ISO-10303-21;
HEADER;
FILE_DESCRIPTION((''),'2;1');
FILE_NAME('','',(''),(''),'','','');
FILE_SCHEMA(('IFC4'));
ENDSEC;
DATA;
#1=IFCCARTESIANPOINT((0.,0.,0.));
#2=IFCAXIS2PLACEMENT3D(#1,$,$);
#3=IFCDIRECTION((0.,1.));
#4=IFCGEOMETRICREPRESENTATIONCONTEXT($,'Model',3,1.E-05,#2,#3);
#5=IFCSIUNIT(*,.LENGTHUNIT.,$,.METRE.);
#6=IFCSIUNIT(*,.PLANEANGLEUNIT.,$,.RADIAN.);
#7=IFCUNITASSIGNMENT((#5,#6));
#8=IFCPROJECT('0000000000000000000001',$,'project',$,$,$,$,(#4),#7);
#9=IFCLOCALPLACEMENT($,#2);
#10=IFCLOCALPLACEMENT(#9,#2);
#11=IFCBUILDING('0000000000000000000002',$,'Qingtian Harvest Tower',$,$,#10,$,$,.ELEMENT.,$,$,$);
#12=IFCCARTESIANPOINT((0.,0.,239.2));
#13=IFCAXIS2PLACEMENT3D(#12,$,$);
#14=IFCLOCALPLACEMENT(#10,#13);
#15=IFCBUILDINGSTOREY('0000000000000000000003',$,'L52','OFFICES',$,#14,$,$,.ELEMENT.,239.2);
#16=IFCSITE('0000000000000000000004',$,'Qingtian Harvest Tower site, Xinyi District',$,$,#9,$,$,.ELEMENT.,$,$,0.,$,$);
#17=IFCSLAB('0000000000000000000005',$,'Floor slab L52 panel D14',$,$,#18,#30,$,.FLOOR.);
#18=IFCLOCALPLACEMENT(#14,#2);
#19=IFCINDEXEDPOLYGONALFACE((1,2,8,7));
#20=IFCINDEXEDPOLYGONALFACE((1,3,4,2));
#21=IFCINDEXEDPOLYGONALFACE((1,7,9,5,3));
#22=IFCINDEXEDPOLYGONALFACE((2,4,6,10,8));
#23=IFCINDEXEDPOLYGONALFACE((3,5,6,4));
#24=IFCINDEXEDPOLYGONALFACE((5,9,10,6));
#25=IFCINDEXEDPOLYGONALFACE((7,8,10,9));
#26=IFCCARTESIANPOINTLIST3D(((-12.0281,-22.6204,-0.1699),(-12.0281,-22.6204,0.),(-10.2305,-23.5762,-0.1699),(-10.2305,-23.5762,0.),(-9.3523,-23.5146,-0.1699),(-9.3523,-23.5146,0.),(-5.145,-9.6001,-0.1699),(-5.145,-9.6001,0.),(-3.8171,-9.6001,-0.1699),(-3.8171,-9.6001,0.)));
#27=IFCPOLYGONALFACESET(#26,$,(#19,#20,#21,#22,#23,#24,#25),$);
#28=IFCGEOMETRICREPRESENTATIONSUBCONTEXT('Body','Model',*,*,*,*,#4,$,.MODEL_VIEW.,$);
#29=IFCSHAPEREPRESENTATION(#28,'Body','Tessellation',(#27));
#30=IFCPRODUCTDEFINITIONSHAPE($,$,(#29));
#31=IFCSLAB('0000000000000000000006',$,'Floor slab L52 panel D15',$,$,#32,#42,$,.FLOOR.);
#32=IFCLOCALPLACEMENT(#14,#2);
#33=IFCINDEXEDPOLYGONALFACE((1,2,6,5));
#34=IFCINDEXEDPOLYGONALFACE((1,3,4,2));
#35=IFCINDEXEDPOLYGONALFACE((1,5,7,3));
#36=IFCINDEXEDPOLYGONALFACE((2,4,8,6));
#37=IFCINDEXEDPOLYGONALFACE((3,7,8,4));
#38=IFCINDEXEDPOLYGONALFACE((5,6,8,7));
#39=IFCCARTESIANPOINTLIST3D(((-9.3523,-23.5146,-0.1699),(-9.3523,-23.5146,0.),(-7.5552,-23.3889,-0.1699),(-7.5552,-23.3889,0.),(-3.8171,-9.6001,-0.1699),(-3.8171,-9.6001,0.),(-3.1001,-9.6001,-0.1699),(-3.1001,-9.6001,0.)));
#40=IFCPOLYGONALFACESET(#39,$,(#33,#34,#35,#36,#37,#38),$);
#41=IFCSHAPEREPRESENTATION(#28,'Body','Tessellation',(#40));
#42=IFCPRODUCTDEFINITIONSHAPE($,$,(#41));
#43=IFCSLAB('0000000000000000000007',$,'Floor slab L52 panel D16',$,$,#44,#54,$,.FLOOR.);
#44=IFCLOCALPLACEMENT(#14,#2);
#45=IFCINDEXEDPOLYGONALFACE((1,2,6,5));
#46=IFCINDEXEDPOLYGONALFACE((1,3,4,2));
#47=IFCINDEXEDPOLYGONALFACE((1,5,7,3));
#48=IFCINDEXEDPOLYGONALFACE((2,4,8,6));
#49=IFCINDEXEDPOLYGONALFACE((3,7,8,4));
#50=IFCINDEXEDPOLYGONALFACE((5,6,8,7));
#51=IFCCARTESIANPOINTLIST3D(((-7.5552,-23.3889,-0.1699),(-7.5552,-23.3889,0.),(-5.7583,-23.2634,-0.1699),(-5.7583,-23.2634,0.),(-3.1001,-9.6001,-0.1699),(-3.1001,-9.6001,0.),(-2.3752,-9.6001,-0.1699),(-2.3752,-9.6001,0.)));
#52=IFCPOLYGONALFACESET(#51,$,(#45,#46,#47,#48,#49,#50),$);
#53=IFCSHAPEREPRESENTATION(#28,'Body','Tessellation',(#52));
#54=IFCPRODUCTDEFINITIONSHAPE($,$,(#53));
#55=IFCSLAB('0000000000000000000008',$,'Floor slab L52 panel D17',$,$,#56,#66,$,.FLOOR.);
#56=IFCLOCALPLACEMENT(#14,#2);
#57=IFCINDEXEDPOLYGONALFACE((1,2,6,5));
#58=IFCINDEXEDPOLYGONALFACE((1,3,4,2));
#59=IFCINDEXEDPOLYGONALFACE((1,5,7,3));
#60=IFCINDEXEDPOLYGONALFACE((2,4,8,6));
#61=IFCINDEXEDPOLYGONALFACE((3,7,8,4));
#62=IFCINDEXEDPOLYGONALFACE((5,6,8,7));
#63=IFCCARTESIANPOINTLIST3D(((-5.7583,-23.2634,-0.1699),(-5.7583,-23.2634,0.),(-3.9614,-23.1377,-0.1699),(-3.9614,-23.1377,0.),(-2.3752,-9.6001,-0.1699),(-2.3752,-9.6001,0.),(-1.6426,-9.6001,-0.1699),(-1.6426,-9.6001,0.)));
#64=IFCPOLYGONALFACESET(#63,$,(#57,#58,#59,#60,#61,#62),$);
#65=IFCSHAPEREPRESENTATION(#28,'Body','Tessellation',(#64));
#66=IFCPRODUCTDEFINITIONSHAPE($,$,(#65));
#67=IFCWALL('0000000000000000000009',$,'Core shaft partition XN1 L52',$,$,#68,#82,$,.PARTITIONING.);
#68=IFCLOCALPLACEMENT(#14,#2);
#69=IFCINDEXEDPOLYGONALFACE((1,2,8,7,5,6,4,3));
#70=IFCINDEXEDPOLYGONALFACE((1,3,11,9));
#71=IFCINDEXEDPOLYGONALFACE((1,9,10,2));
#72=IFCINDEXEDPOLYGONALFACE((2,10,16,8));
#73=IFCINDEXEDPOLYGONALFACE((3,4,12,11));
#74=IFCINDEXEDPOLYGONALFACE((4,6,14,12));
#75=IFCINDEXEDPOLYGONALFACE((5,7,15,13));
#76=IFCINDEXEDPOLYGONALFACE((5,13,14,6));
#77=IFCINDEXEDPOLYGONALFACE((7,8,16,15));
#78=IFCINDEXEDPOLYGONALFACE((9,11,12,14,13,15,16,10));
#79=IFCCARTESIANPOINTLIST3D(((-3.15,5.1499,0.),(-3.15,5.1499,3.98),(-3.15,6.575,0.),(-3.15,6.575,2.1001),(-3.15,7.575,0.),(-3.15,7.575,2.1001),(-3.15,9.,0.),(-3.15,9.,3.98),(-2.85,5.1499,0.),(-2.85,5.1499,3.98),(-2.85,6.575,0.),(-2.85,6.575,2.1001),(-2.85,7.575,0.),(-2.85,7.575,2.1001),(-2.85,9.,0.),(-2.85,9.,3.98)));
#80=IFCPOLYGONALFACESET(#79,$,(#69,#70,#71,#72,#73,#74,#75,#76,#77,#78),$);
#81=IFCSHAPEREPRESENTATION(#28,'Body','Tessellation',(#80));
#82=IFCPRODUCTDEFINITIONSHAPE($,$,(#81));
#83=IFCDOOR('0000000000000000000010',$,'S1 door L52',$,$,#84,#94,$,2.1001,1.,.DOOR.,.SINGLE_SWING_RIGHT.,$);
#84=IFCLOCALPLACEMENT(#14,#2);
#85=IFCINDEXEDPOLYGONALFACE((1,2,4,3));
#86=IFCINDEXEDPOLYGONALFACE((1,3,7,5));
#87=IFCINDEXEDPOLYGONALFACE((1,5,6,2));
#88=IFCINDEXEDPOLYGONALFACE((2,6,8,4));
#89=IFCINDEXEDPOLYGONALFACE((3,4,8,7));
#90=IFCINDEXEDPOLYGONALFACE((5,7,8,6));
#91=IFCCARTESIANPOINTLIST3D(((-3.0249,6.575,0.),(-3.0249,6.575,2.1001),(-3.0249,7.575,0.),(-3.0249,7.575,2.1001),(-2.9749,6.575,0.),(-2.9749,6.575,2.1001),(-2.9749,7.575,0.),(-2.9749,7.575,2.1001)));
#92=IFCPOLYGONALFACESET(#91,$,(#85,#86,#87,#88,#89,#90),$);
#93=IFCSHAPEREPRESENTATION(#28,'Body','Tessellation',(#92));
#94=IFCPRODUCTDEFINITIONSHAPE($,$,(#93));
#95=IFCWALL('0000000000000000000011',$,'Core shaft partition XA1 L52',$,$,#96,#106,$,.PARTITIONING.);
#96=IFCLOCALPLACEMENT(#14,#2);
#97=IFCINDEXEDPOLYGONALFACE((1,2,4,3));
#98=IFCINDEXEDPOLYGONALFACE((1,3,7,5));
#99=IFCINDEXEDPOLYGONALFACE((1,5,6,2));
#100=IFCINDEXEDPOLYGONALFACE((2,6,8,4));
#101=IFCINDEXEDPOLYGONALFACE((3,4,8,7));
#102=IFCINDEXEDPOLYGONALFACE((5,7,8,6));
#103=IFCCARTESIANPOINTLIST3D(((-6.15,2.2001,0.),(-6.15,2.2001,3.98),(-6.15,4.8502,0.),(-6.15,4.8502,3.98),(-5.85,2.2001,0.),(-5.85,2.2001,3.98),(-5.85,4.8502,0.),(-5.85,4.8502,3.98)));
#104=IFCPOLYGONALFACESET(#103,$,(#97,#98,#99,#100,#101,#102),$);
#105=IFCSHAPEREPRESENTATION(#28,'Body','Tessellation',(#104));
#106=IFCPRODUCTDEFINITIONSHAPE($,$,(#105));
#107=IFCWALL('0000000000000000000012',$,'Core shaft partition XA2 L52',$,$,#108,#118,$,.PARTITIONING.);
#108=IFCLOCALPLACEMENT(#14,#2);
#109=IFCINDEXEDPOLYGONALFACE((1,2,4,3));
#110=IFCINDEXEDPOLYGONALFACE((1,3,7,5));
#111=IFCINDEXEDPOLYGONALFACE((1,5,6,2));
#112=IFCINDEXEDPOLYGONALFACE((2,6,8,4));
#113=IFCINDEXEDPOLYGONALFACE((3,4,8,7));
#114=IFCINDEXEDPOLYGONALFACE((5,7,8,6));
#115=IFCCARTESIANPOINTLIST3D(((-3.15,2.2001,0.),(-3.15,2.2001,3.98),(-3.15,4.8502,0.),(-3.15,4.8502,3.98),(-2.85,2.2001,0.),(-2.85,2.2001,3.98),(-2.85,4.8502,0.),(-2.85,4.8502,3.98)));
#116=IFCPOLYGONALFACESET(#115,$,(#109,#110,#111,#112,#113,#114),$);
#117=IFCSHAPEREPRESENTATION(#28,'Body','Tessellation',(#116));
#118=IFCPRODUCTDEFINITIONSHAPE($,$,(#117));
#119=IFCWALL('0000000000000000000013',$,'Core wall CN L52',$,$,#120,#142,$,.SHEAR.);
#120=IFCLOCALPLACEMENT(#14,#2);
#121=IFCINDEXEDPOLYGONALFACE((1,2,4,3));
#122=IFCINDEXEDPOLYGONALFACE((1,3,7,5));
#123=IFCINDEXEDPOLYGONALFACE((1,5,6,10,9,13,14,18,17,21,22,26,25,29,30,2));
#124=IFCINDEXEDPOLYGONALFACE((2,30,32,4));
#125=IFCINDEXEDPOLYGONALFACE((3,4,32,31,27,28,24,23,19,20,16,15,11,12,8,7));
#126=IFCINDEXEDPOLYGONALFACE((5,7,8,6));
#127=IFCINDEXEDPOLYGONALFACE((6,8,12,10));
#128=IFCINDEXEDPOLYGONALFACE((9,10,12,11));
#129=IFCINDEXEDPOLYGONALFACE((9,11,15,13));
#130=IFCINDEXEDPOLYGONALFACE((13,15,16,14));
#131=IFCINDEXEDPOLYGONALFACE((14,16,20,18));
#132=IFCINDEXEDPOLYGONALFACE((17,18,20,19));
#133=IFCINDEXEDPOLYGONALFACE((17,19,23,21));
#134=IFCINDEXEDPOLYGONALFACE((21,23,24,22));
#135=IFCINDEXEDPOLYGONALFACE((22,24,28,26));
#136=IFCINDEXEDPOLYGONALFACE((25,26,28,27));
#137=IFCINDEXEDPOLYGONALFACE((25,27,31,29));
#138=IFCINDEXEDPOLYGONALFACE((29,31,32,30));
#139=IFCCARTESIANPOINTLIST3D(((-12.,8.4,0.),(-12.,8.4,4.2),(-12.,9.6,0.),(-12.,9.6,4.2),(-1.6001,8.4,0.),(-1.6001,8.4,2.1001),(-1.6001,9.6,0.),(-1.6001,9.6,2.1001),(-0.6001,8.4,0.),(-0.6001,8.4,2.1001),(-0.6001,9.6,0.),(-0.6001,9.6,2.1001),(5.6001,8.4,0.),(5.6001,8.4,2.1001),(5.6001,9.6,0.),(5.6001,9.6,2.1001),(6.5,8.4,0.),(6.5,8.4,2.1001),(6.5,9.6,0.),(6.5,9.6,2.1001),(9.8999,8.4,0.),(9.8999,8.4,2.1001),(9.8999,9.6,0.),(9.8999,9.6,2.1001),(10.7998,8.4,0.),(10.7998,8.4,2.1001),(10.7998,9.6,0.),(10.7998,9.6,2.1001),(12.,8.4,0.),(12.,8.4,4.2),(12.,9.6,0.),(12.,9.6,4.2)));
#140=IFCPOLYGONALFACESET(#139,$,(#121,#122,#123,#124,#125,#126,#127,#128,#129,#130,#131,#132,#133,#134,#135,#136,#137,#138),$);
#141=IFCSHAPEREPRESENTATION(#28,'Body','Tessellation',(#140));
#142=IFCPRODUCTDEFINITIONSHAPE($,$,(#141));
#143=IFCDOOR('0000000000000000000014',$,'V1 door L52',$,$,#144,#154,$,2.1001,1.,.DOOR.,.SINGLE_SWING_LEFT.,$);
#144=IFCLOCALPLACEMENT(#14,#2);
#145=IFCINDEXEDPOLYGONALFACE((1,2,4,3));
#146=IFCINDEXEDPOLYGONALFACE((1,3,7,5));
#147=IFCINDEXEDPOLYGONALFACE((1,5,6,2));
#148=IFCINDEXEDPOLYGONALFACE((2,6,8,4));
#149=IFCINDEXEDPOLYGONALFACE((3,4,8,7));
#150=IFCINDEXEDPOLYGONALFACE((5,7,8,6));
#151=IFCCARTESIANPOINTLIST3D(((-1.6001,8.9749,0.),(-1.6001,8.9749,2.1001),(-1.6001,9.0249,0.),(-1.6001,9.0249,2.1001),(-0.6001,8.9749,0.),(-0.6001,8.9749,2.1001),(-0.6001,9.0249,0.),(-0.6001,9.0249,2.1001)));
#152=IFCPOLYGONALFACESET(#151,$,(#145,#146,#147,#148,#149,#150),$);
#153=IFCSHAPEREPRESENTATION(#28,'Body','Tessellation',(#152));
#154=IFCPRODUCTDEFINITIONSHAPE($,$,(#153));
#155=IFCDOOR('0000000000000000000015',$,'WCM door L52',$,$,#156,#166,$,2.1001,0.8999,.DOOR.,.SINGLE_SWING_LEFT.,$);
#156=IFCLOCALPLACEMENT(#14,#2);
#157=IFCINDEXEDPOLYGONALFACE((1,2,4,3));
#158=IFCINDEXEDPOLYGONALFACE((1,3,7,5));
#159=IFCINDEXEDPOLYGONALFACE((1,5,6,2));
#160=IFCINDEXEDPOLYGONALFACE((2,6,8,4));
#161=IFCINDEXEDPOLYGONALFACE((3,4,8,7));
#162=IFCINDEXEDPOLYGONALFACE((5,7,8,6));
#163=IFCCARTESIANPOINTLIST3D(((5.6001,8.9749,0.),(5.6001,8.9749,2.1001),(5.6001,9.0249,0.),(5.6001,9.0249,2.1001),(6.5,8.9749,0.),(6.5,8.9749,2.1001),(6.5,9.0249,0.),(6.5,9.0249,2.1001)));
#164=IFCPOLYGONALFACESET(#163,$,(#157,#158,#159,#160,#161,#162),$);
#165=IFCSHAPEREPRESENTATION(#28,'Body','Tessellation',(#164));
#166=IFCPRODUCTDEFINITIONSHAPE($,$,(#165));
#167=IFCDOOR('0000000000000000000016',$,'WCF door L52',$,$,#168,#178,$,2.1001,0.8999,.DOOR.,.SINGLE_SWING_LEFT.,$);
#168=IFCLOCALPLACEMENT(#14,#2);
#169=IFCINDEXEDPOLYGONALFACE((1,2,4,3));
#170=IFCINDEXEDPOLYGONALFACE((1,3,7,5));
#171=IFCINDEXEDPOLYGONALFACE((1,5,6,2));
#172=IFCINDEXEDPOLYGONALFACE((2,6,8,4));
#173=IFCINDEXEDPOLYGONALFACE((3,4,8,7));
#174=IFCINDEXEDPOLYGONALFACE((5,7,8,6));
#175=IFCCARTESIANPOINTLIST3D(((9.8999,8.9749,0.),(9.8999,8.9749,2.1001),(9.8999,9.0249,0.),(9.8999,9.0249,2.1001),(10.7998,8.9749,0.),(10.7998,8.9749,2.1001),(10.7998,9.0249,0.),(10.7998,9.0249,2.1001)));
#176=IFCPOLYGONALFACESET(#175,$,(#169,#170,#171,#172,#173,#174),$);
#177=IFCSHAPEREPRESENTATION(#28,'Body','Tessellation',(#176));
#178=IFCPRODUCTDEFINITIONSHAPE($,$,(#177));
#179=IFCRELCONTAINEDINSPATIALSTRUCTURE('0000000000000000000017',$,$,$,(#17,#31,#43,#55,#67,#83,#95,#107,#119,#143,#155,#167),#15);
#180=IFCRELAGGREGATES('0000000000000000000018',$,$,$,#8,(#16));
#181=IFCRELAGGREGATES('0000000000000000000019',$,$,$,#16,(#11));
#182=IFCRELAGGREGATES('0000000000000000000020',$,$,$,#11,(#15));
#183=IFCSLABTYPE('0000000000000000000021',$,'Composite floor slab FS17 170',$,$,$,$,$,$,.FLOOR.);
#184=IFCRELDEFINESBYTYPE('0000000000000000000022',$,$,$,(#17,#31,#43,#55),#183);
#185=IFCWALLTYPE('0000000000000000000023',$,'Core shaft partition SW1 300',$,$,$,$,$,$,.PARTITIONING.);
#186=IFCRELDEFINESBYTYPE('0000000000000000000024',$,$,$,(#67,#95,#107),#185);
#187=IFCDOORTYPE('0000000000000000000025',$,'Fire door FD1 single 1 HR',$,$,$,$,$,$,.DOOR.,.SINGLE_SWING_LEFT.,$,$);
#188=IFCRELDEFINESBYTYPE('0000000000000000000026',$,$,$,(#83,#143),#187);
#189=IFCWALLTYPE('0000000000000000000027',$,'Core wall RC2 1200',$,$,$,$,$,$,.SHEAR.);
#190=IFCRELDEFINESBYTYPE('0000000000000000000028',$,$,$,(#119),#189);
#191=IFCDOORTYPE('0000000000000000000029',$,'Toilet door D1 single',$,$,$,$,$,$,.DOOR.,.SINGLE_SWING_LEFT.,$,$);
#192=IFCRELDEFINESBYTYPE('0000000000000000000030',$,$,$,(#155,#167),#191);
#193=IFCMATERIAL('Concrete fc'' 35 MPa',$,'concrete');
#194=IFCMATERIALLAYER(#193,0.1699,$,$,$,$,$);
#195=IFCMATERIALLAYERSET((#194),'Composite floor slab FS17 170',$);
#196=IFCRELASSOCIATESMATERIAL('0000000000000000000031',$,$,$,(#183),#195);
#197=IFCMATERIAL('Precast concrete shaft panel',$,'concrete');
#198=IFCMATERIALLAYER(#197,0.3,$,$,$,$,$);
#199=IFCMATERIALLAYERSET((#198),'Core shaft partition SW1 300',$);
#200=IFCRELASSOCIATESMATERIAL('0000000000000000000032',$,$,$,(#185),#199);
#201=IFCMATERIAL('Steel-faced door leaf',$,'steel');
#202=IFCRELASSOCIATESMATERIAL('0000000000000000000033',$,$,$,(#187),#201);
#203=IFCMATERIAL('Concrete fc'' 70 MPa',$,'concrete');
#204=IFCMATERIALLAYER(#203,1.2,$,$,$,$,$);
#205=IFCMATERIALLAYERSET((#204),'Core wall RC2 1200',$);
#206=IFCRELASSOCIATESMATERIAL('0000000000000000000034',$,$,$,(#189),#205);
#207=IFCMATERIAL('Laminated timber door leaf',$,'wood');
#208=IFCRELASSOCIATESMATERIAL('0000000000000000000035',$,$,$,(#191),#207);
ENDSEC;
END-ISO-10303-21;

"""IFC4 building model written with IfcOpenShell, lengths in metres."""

from ifc_helpers import new_model, si_unit, direction, frame, frame_2d, origin, place, context, subcontext, project, spatial, polyline, rectangle, outline, extrude, material, layer, layer_set, type_object, element, fill, save


model = new_model("IFC4")

# Units and contexts
model_context = context("Model", 3, precision=1e-05, world=origin(), true_north=direction((0.0, 1.0)))
body_context = subcontext(model_context, "Body", "Model", "MODEL_VIEW")
ifc_project = project(units=[si_unit("LENGTHUNIT", "METRE"), si_unit("PLANEANGLEUNIT", "RADIAN")], contexts=[model_context])

# Site, building, storey
site_placement = place(None, origin())
site = spatial("IfcSite", under=ifc_project, at=site_placement, Name="Qingtian Harvest Tower site, Xinyi District", CompositionType="ELEMENT", RefElevation=0.0)
building_placement = place(site_placement, origin())
building = spatial("IfcBuilding", under=site, at=building_placement, Name="Qingtian Harvest Tower", CompositionType="ELEMENT")
storey_placement = place(building_placement, frame((0.0, 0.0, 239.2)))
storey = spatial("IfcBuildingStorey", under=building, at=storey_placement, Name="L52", Description="OFFICES", CompositionType="ELEMENT", Elevation=239.2)

# Slabs
ifc_material_1 = material(Name="Concrete fc' 35 MPa", Category="concrete")
ifc_layer_1 = layer(ifc_material_1, 0.1699)
ifc_layer_set_1 = layer_set([ifc_layer_1], Name="Composite floor slab FS17 170")
slab_type = type_object("IfcSlabType", Name="Composite floor slab FS17 170", PredefinedType="FLOOR", material=ifc_layer_set_1)
slab_1_placement = place(storey_placement, frame((0.0, 0.0, -0.1699)))
element("IfcSlab", 1, at=slab_1_placement, inside=storey, type_object=slab_type, Name="Floor slab L52 panel D14", PredefinedType="FLOOR", context=body_context, shape_type="SweptSolid", body=[
    extrude(outline(polyline([(-5.145, -9.6001), (-3.8171, -9.6001), (-9.3523, -23.5146), (-10.2305, -23.5762), (-12.0281, -22.6204), (-5.145, -9.6001)])), origin(), (0.0, 0.0, 1.0), 0.1699),
])
slab_2_placement = place(storey_placement, frame((0.0, 0.0, -0.1699)))
element("IfcSlab", 2, at=slab_2_placement, inside=storey, type_object=slab_type, Name="Floor slab L52 panel D15", PredefinedType="FLOOR", context=body_context, shape_type="SweptSolid", body=[
    extrude(outline(polyline([(-3.1001, -9.6001), (-7.5552, -23.3889), (-9.3523, -23.5146), (-3.8171, -9.6001), (-3.1001, -9.6001)])), origin(), (0.0, 0.0, 1.0), 0.1699),
])
slab_3_placement = place(storey_placement, frame((0.0, 0.0, -0.1699)))
element("IfcSlab", 3, at=slab_3_placement, inside=storey, type_object=slab_type, Name="Floor slab L52 panel D16", PredefinedType="FLOOR", context=body_context, shape_type="SweptSolid", body=[
    extrude(outline(polyline([(-2.3752, -9.6001), (-5.7583, -23.2634), (-7.5552, -23.3889), (-3.1001, -9.6001), (-2.3752, -9.6001)])), origin(), (0.0, 0.0, 1.0), 0.1699),
])
slab_4_placement = place(storey_placement, frame((0.0, 0.0, -0.1699)))
element("IfcSlab", 4, at=slab_4_placement, inside=storey, type_object=slab_type, Name="Floor slab L52 panel D17", PredefinedType="FLOOR", context=body_context, shape_type="SweptSolid", body=[
    extrude(outline(polyline([(-1.6426, -9.6001), (-3.9614, -23.1377), (-5.7583, -23.2634), (-2.3752, -9.6001), (-1.6426, -9.6001)])), origin(), (0.0, 0.0, 1.0), 0.1699),
])

# Wall, opening, door
ifc_material_2 = material(Name="Precast concrete shaft panel", Category="concrete")
ifc_layer_2 = layer(ifc_material_2, 0.3)
ifc_layer_set_2 = layer_set([ifc_layer_2], Name="Core shaft partition SW1 300")
wall_type_1 = type_object("IfcWallType", Name="Core shaft partition SW1 300", PredefinedType="PARTITIONING", material=ifc_layer_set_2)
wall_1_placement = place(storey_placement, frame((-3.0, 5.1499, 0.0), z_axis=(0.0, 0.0, 1.0), x_axis=(0.0, 1.0, 0.0)))
wall_1 = element("IfcWall", 5, at=wall_1_placement, inside=storey, type_object=wall_type_1, Name="Core shaft partition XN1 L52", PredefinedType="PARTITIONING", context=body_context, shape_type="SweptSolid", body=[
    extrude(rectangle(XDim=3.8501, YDim=0.3, at=frame_2d((1.925, 0.0))), origin(), (0.0, 0.0, 1.0), 3.98),
])
opening_1_placement = place(wall_1_placement, frame((1.425, 0.0, 0.0)))
opening_1 = element("IfcOpeningElement", 6, at=opening_1_placement, cuts=wall_1, PredefinedType="OPENING", context=body_context, shape_type="SweptSolid", body=[
    extrude(rectangle(XDim=1.0, YDim=2.1001, at=frame_2d((0.5, 1.05))), frame((0.0, 0.1599, 0.0), z_axis=(0.0, -1.0, 0.0), x_axis=(1.0, 0.0, 0.0)), (0.0, 0.0, 1.0), 0.3201),
])
ifc_material_3 = material(Name="Steel-faced door leaf", Category="steel")
door_type_1 = type_object("IfcDoorType", Name="Fire door FD1 single 1 HR", OperationType="SINGLE_SWING_LEFT", PredefinedType="DOOR", material=ifc_material_3)
door_1_placement = place(opening_1_placement, origin())
door_1 = element("IfcDoor", 7, at=door_1_placement, inside=storey, type_object=door_type_1, Name="S1 door L52", OperationType="SINGLE_SWING_RIGHT", OverallHeight=2.1001, OverallWidth=1.0, PredefinedType="DOOR", context=body_context, shape_type="SweptSolid", body=[
    extrude(rectangle(XDim=1.0, YDim=2.1001, at=frame_2d((0.5, 1.05))), frame((0.0, 0.0249, 0.0), z_axis=(0.0, -1.0, 0.0), x_axis=(1.0, 0.0, 0.0)), (0.0, 0.0, 1.0), 0.05),
])
fill(opening_1, door_1)

# Walls
for number, where, z_axis, x_axis, name in (
    (8, (-6.0, 2.2, 0.0), (0.0, 0.0, 1.0), (0.0, 1.0, 0.0), "Core shaft partition XA1 L52"),
    (9, (-3.0, 2.2, 0.0), (0.0, 0.0, 1.0), (0.0, 1.0, 0.0), "Core shaft partition XA2 L52"),
):
    element("IfcWall", number, at=place(storey_placement, frame(where, z_axis=z_axis, x_axis=x_axis)), inside=storey, type_object=wall_type_1, Name=name, PredefinedType="PARTITIONING", context=body_context, shape_type="SweptSolid", body=[
        extrude(rectangle(XDim=2.6501, YDim=0.3, at=frame_2d((1.3252, 0.0))), origin(), (0.0, 0.0, 1.0), 3.98),
    ])

# Wall, openings, doors
ifc_material_4 = material(Name="Concrete fc' 70 MPa", Category="concrete")
ifc_layer_3 = layer(ifc_material_4, 1.2)
ifc_layer_set_3 = layer_set([ifc_layer_3], Name="Core wall RC2 1200")
wall_type_2 = type_object("IfcWallType", Name="Core wall RC2 1200", PredefinedType="SHEAR", material=ifc_layer_set_3)
wall_2_placement = place(storey_placement, frame((-12.0, 9.0, 0.0), z_axis=(0.0, 0.0, 1.0), x_axis=(1.0, 0.0, 0.0)))
wall_2 = element("IfcWall", 10, at=wall_2_placement, inside=storey, type_object=wall_type_2, Name="Core wall CN L52", PredefinedType="SHEAR", context=body_context, shape_type="SweptSolid", body=[
    extrude(rectangle(XDim=24.0, YDim=1.2, at=frame_2d((12.0, 0.0))), origin(), (0.0, 0.0, 1.0), 4.2),
])
opening_2_placement = place(wall_2_placement, frame((10.3999, 0.0, 0.0)))
opening_2 = element("IfcOpeningElement", 11, at=opening_2_placement, cuts=wall_2, PredefinedType="OPENING", context=body_context, shape_type="SweptSolid", body=[
    extrude(rectangle(XDim=1.0, YDim=2.1001, at=frame_2d((0.5, 1.05))), frame((0.0, 0.6099, 0.0), z_axis=(0.0, -1.0, 0.0), x_axis=(1.0, 0.0, 0.0)), (0.0, 0.0, 1.0), 1.22),
])
opening_3_placement = place(wall_2_placement, frame((17.6001, 0.0, 0.0)))
opening_3 = element("IfcOpeningElement", 12, at=opening_3_placement, cuts=wall_2, PredefinedType="OPENING", context=body_context, shape_type="SweptSolid", body=[
    extrude(rectangle(XDim=0.8999, YDim=2.1001, at=frame_2d((0.45, 1.05))), frame((0.0, 0.6099, 0.0), z_axis=(0.0, -1.0, 0.0), x_axis=(1.0, 0.0, 0.0)), (0.0, 0.0, 1.0), 1.22),
])
opening_4_placement = place(wall_2_placement, frame((21.8999, 0.0, 0.0)))
opening_4 = element("IfcOpeningElement", 13, at=opening_4_placement, cuts=wall_2, PredefinedType="OPENING", context=body_context, shape_type="SweptSolid", body=[
    extrude(rectangle(XDim=0.8999, YDim=2.1001, at=frame_2d((0.45, 1.05))), frame((0.0, 0.6099, 0.0), z_axis=(0.0, -1.0, 0.0), x_axis=(1.0, 0.0, 0.0)), (0.0, 0.0, 1.0), 1.22),
])
door_2_placement = place(opening_2_placement, origin())
door_2 = element("IfcDoor", 14, at=door_2_placement, inside=storey, type_object=door_type_1, Name="V1 door L52", OperationType="SINGLE_SWING_LEFT", OverallHeight=2.1001, OverallWidth=1.0, PredefinedType="DOOR", context=body_context, shape_type="SweptSolid", body=[
    extrude(rectangle(XDim=1.0, YDim=2.1001, at=frame_2d((0.5, 1.05))), frame((0.0, 0.0249, 0.0), z_axis=(0.0, -1.0, 0.0), x_axis=(1.0, 0.0, 0.0)), (0.0, 0.0, 1.0), 0.05),
])
fill(opening_2, door_2)
ifc_material_5 = material(Name="Laminated timber door leaf", Category="wood")
door_type_2 = type_object("IfcDoorType", Name="Toilet door D1 single", OperationType="SINGLE_SWING_LEFT", PredefinedType="DOOR", material=ifc_material_5)
door_3_placement = place(opening_3_placement, origin())
door_3 = element("IfcDoor", 15, at=door_3_placement, inside=storey, type_object=door_type_2, Name="WCM door L52", OperationType="SINGLE_SWING_LEFT", OverallHeight=2.1001, OverallWidth=0.8999, PredefinedType="DOOR", context=body_context, shape_type="SweptSolid", body=[
    extrude(rectangle(XDim=0.8999, YDim=2.1001, at=frame_2d((0.45, 1.05))), frame((0.0, 0.0249, 0.0), z_axis=(0.0, -1.0, 0.0), x_axis=(1.0, 0.0, 0.0)), (0.0, 0.0, 1.0), 0.05),
])
fill(opening_3, door_3)
door_4_placement = place(opening_4_placement, origin())
door_4 = element("IfcDoor", 16, at=door_4_placement, inside=storey, type_object=door_type_2, Name="WCF door L52", OperationType="SINGLE_SWING_LEFT", OverallHeight=2.1001, OverallWidth=0.8999, PredefinedType="DOOR", context=body_context, shape_type="SweptSolid", body=[
    extrude(rectangle(XDim=0.8999, YDim=2.1001, at=frame_2d((0.45, 1.05))), frame((0.0, 0.0249, 0.0), z_axis=(0.0, -1.0, 0.0), x_axis=(1.0, 0.0, 0.0)), (0.0, 0.0, 1.0), 0.05),
])
fill(opening_4, door_4)

save(model, "model.ifc")
